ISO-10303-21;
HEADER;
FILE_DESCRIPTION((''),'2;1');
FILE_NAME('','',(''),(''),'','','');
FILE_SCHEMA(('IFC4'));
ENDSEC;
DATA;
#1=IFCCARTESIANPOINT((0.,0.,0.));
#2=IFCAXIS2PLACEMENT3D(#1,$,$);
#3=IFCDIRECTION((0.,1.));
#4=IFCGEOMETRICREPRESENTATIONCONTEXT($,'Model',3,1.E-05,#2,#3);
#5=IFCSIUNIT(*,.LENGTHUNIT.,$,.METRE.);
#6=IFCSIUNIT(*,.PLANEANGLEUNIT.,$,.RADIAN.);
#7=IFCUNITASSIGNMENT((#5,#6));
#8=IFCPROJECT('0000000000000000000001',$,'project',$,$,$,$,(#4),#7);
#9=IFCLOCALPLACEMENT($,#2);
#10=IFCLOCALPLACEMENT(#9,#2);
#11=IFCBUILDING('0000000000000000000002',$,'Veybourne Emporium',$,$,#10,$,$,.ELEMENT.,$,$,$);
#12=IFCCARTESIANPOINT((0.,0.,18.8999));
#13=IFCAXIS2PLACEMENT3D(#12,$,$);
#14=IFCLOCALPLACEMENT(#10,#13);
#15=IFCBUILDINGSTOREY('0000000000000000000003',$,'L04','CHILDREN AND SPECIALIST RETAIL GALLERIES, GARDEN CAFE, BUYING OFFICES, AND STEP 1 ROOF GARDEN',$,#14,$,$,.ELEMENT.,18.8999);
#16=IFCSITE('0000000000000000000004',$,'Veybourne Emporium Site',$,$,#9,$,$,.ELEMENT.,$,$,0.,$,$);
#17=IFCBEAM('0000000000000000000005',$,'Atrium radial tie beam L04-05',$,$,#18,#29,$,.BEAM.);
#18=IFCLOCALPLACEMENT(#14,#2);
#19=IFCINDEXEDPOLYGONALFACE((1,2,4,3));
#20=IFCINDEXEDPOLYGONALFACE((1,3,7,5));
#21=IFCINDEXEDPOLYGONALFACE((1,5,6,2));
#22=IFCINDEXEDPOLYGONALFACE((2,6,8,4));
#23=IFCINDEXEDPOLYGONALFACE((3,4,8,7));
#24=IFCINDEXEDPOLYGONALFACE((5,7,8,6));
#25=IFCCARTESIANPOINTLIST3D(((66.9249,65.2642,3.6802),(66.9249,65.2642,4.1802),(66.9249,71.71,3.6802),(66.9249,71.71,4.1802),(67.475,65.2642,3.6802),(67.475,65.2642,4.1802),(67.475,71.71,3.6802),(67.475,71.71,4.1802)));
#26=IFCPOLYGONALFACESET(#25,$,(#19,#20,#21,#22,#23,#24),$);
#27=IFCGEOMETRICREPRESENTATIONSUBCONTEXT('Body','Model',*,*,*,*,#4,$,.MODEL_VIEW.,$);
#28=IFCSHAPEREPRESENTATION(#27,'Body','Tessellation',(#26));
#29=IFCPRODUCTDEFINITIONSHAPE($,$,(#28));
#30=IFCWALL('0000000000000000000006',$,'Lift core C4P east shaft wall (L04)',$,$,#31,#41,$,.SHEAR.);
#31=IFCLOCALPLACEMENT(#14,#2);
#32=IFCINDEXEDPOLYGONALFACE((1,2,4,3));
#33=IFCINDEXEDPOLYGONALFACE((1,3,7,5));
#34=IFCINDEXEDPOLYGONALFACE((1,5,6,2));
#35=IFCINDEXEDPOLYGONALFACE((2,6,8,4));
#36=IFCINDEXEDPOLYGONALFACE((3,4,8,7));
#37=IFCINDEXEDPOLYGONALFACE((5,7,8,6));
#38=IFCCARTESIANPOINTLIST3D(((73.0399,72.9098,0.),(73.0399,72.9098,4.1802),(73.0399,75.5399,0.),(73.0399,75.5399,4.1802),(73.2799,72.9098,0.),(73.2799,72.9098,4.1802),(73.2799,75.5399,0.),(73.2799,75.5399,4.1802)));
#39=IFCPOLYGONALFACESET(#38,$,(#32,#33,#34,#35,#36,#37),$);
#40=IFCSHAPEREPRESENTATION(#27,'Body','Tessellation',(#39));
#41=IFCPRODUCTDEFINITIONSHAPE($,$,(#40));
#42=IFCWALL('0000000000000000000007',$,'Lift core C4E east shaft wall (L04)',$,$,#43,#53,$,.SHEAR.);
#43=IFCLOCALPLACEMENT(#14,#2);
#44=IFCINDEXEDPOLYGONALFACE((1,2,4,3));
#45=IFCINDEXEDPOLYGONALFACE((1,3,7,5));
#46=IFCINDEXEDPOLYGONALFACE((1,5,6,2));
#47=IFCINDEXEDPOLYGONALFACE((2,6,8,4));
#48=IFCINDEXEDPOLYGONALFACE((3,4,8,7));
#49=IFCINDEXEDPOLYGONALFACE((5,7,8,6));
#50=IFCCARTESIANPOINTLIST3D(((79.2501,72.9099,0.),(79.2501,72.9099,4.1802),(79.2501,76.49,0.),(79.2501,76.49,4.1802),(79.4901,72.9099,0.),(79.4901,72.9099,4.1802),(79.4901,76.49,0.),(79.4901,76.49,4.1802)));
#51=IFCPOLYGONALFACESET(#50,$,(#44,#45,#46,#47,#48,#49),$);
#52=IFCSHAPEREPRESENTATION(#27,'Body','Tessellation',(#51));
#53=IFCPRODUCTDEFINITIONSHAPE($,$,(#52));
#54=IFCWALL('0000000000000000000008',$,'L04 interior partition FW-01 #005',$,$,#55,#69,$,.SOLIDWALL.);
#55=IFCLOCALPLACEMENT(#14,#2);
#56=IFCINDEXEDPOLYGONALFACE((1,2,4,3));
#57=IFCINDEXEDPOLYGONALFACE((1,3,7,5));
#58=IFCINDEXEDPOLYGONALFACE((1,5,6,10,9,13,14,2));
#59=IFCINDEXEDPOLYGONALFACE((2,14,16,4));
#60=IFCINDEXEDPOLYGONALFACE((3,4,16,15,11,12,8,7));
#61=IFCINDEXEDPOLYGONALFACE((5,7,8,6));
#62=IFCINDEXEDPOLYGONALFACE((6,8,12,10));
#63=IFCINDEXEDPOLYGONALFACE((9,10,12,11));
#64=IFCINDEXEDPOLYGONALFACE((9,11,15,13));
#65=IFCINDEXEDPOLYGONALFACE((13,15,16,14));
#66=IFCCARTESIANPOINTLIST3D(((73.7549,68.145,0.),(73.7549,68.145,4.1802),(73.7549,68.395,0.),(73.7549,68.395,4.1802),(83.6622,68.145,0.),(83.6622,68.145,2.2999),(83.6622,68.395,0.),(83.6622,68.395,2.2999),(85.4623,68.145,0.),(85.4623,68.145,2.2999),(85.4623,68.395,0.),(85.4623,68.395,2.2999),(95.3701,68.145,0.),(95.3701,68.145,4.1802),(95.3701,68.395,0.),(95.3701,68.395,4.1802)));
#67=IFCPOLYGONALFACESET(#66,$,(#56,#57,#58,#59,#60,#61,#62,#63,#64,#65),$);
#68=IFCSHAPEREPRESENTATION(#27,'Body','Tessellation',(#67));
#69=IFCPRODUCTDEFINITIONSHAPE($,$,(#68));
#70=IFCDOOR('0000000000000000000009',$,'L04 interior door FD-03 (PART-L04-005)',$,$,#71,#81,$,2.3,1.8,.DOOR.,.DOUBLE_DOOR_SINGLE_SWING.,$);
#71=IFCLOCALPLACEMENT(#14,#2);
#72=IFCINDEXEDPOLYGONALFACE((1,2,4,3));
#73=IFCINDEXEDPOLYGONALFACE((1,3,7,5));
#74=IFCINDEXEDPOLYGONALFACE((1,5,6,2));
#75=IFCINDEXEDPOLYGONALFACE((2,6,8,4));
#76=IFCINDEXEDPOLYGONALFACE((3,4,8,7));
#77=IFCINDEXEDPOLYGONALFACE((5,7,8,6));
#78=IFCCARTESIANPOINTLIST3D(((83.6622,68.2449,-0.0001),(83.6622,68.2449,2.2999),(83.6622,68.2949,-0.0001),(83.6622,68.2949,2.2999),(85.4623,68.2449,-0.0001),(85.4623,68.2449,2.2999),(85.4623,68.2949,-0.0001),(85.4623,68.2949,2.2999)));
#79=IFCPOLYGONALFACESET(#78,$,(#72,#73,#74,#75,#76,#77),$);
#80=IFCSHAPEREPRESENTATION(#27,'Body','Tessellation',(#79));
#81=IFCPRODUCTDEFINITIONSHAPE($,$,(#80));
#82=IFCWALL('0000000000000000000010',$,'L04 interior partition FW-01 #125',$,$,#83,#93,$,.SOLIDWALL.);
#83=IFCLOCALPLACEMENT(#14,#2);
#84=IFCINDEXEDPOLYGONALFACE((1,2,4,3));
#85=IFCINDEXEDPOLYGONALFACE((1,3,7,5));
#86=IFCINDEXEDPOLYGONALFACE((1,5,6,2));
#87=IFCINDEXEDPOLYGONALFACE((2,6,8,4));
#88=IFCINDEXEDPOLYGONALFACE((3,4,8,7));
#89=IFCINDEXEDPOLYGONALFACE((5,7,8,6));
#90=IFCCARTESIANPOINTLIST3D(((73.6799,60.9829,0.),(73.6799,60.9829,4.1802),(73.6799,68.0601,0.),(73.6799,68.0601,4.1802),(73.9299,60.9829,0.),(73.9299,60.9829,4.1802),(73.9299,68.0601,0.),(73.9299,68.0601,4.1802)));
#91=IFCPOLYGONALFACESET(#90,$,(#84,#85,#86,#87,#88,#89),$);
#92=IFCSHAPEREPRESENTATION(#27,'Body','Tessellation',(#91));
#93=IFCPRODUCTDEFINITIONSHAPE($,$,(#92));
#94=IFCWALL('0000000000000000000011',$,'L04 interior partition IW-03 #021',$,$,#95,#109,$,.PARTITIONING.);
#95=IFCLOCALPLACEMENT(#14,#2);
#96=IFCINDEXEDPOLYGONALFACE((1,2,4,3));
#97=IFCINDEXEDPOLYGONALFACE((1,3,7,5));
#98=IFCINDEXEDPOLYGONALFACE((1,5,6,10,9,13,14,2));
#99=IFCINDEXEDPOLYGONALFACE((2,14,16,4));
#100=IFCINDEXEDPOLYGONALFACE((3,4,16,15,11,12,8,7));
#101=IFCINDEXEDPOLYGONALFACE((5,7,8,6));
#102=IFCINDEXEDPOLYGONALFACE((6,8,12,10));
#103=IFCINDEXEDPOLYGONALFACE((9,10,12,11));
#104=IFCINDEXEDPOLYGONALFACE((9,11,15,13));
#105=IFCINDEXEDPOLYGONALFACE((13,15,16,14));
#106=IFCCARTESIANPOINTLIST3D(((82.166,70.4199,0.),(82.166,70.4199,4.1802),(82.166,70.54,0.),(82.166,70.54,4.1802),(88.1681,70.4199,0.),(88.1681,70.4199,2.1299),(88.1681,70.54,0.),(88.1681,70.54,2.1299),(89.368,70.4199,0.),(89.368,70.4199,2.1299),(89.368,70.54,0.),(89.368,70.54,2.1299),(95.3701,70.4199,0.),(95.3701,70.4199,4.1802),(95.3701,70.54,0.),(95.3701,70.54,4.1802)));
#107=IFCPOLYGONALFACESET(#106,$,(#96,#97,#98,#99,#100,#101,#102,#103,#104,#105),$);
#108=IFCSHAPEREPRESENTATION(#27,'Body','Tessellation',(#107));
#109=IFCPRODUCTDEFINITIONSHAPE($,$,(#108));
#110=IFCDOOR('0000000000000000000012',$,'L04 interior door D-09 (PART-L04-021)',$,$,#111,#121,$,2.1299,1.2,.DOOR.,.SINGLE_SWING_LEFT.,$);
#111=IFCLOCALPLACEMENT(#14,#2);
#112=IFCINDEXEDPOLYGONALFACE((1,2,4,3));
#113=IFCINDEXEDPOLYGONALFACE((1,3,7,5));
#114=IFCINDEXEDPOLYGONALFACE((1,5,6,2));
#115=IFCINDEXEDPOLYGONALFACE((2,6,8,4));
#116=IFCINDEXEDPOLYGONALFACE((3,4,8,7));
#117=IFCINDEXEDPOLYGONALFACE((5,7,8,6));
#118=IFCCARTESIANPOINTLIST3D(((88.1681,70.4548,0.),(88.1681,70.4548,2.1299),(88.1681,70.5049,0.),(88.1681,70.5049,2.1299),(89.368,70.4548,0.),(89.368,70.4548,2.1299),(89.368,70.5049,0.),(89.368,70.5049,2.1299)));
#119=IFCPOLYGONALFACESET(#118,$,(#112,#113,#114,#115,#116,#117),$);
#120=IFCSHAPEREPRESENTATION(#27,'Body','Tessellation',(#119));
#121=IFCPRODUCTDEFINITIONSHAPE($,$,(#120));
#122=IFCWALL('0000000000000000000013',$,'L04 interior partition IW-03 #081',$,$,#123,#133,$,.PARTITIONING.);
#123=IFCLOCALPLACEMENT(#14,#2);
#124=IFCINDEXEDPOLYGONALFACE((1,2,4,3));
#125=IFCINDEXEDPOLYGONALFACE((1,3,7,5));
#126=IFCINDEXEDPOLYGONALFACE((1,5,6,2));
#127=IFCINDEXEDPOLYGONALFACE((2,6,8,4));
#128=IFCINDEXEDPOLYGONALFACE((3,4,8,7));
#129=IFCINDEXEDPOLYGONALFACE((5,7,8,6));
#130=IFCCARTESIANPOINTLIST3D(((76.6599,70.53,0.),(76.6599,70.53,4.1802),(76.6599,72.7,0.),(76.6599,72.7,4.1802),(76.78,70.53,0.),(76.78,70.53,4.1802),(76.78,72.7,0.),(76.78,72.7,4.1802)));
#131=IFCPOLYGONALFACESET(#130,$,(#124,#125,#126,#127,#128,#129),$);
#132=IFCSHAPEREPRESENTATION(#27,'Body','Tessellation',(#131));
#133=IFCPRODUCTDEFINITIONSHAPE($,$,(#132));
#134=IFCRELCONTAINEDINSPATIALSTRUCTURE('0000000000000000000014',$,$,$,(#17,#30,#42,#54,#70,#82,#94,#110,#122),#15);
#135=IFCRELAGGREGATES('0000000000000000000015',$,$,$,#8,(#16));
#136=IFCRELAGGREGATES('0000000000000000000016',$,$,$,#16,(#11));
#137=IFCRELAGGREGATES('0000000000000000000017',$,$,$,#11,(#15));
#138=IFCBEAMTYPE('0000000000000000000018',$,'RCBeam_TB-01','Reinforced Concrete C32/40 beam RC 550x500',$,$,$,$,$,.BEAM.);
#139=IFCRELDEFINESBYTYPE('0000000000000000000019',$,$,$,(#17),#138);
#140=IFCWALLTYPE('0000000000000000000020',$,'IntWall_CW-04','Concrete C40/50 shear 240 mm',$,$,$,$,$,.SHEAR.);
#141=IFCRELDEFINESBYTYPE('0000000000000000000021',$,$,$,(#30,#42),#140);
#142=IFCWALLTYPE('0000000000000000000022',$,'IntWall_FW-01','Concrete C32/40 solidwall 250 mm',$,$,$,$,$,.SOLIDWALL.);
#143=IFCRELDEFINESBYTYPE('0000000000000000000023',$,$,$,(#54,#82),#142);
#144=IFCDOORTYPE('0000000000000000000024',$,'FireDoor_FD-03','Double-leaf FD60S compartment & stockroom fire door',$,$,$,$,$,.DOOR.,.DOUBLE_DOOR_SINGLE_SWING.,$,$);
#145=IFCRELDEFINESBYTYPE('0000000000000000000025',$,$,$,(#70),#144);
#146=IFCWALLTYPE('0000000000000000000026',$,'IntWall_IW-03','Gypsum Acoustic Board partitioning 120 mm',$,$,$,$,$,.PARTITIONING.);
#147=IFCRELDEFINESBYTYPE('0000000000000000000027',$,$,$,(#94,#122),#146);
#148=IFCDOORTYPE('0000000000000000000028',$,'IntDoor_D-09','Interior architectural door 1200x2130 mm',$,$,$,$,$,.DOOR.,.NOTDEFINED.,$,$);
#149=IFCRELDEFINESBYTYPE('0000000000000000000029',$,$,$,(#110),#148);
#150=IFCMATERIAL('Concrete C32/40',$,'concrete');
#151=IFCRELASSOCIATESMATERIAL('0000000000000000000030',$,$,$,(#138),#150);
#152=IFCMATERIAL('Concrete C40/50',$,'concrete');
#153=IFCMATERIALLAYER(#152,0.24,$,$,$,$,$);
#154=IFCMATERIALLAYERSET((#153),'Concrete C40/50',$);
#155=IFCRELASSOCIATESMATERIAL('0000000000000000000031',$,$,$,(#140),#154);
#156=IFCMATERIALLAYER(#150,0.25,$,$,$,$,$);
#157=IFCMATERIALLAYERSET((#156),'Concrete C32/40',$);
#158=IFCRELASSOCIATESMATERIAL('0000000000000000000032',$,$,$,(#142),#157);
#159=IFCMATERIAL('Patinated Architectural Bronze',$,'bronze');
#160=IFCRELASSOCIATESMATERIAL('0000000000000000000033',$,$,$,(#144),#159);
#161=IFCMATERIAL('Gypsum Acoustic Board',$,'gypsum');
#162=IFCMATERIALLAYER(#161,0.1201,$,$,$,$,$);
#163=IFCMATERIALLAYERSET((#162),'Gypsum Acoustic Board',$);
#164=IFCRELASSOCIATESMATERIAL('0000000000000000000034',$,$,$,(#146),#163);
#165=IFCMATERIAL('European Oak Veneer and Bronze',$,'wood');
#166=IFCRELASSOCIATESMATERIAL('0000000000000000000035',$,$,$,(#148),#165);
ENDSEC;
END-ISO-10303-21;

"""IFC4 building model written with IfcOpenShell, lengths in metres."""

from ifc_helpers import new_model, si_unit, direction, frame, frame_2d, origin, origin_2d, place, context, subcontext, project, spatial, rectangle, extrude, material, layer, layer_set, material_profile, profile_set, type_object, element, fill, save


model = new_model("IFC4")

# Units and contexts
model_context = context("Model", 3, precision=1e-05, world=origin(), true_north=direction((0.0, 1.0)))
body_context = subcontext(model_context, "Body", "Model", "MODEL_VIEW")
ifc_project = project(units=[si_unit("LENGTHUNIT", "METRE"), si_unit("PLANEANGLEUNIT", "RADIAN")], contexts=[model_context])

# Site, building, storey
site_placement = place(None, origin())
site = spatial("IfcSite", under=ifc_project, at=site_placement, Name="Veybourne Emporium Site", CompositionType="ELEMENT", RefElevation=0.0)
building_placement = place(site_placement, origin())
building = spatial("IfcBuilding", under=site, at=building_placement, Name="Veybourne Emporium", CompositionType="ELEMENT")
storey_placement = place(building_placement, frame((0.0, 0.0, 18.8999)))
storey = spatial("IfcBuildingStorey", under=building, at=storey_placement, Name="L04", Description="CHILDREN AND SPECIALIST RETAIL GALLERIES, GARDEN CAFE, BUYING OFFICES, AND STEP 1 ROOF GARDEN", CompositionType="ELEMENT", Elevation=18.8999)

# Shared definitions
ifc_material_1 = material(Name="Concrete C40/50", Category="concrete")

# Beam
ifc_material_2 = material(Name="Concrete C32/40", Category="concrete")
ifc_material_profile_1 = material_profile(ifc_material_2, rectangle(XDim=0.55, YDim=0.5, at=origin_2d()), Name="RC 550x500")
ifc_profile_set_1 = profile_set([ifc_material_profile_1], Name="Concrete C32/40")
beam_type_1 = type_object("IfcBeamType", Name="RCBeam_TB-01", Description="Reinforced Concrete C32/40 beam RC 550x500", PredefinedType="BEAM", material=ifc_profile_set_1)
beam_1_placement = place(storey_placement, frame((67.2, 65.2642, 3.9302), z_axis=(0.0, 1.0, 0.0), x_axis=(-1.0, 0.0, 0.0)))
element("IfcBeam", 1, at=beam_1_placement, inside=storey, type_object=beam_type_1, Name="Atrium radial tie beam L04-05", PredefinedType="BEAM", context=body_context, shape_type="SweptSolid", body=[
    extrude(rectangle(XDim=0.55, YDim=0.5, at=origin_2d()), origin(), (0.0, 0.0, 1.0), 6.4458),
])

# Walls
ifc_layer_1 = layer(ifc_material_1, 0.24)
ifc_layer_set_1 = layer_set([ifc_layer_1], Name="Concrete C40/50")
wall_type_1 = type_object("IfcWallType", Name="IntWall_CW-04", Description="Concrete C40/50 shear 240 mm", PredefinedType="SHEAR", material=ifc_layer_set_1)
wall_1_placement = place(storey_placement, frame((73.1599, 72.9099, 0.0), z_axis=(0.0, 0.0, 1.0), x_axis=(0.0, 1.0, 0.0)))
element("IfcWall", 2, at=wall_1_placement, inside=storey, type_object=wall_type_1, Name="Lift core C4P east shaft wall (L04)", PredefinedType="SHEAR", context=body_context, shape_type="SweptSolid", body=[
    extrude(rectangle(XDim=2.6301, YDim=0.24, at=frame_2d((1.3149, 0.0))), origin(), (0.0, 0.0, 1.0), 4.1802),
])
wall_2_placement = place(storey_placement, frame((79.3701, 72.9099, 0.0), z_axis=(0.0, 0.0, 1.0), x_axis=(0.0, 1.0, 0.0)))
element("IfcWall", 3, at=wall_2_placement, inside=storey, type_object=wall_type_1, Name="Lift core C4E east shaft wall (L04)", PredefinedType="SHEAR", context=body_context, shape_type="SweptSolid", body=[
    extrude(rectangle(XDim=3.5801, YDim=0.24, at=frame_2d((1.79, 0.0))), origin(), (0.0, 0.0, 1.0), 4.1802),
])

# Wall, opening, door
ifc_layer_2 = layer(ifc_material_2, 0.25)
ifc_layer_set_2 = layer_set([ifc_layer_2], Name="Concrete C32/40")
wall_type_2 = type_object("IfcWallType", Name="IntWall_FW-01", Description="Concrete C32/40 solidwall 250 mm", PredefinedType="SOLIDWALL", material=ifc_layer_set_2)
wall_3_placement = place(storey_placement, frame((73.7549, 68.27, 0.0), z_axis=(0.0, 0.0, 1.0), x_axis=(1.0, 0.0, 0.0)))
wall_3 = element("IfcWall", 4, at=wall_3_placement, inside=storey, type_object=wall_type_2, Name="L04 interior partition FW-01 #005", PredefinedType="SOLIDWALL", context=body_context, shape_type="SweptSolid", body=[
    extrude(rectangle(XDim=21.6152, YDim=0.25, at=frame_2d((10.8076, 0.0))), origin(), (0.0, 0.0, 1.0), 4.1802),
])
opening_1_placement = place(wall_3_placement, frame((9.9075, 0.0, 0.0)))
opening_1 = element("IfcOpeningElement", 5, at=opening_1_placement, cuts=wall_3, PredefinedType="OPENING", context=body_context, shape_type="SweptSolid", body=[
    extrude(rectangle(XDim=1.8, YDim=2.3, at=frame_2d((0.8999, 1.1499))), frame((0.0, 0.145, 0.0), z_axis=(0.0, -1.0, 0.0), x_axis=(1.0, 0.0, 0.0)), (0.0, 0.0, 1.0), 0.29),
])
ifc_material_3 = material(Name="Patinated Architectural Bronze", Category="bronze")
door_type_1 = type_object("IfcDoorType", Name="FireDoor_FD-03", Description="Double-leaf FD60S compartment & stockroom fire door", OperationType="DOUBLE_DOOR_SINGLE_SWING", PredefinedType="DOOR", material=ifc_material_3)
door_1_placement = place(opening_1_placement, origin())
door_1 = element("IfcDoor", 6, at=door_1_placement, inside=storey, type_object=door_type_1, Name="L04 interior door FD-03 (PART-L04-005)", OperationType="DOUBLE_DOOR_SINGLE_SWING", OverallHeight=2.3, OverallWidth=1.8, PredefinedType="DOOR", context=body_context, shape_type="SweptSolid", body=[
    extrude(rectangle(XDim=1.8, YDim=2.3, at=frame_2d((0.8999, 1.1499))), frame((0.0, 0.0249, 0.0), z_axis=(0.0, -1.0, 0.0), x_axis=(1.0, 0.0, 0.0)), (0.0, 0.0, 1.0), 0.05),
])
fill(opening_1, door_1)

# Wall
wall_4_placement = place(storey_placement, frame((73.8049, 60.9829, 0.0), z_axis=(0.0, 0.0, 1.0), x_axis=(0.0, 1.0, 0.0)))
element("IfcWall", 7, at=wall_4_placement, inside=storey, type_object=wall_type_2, Name="L04 interior partition FW-01 #125", PredefinedType="SOLIDWALL", context=body_context, shape_type="SweptSolid", body=[
    extrude(rectangle(XDim=7.0771, YDim=0.25, at=frame_2d((3.5386, 0.0))), origin(), (0.0, 0.0, 1.0), 4.1802),
])

# Wall, opening, door
ifc_material_4 = material(Name="Gypsum Acoustic Board", Category="gypsum")
ifc_layer_3 = layer(ifc_material_4, 0.1201)
ifc_layer_set_3 = layer_set([ifc_layer_3], Name="Gypsum Acoustic Board")
wall_type_3 = type_object("IfcWallType", Name="IntWall_IW-03", Description="Gypsum Acoustic Board partitioning 120 mm", PredefinedType="PARTITIONING", material=ifc_layer_set_3)
wall_5_placement = place(storey_placement, frame((82.166, 70.48, 0.0), z_axis=(0.0, 0.0, 1.0), x_axis=(1.0, 0.0, 0.0)))
wall_5 = element("IfcWall", 8, at=wall_5_placement, inside=storey, type_object=wall_type_3, Name="L04 interior partition IW-03 #021", PredefinedType="PARTITIONING", context=body_context, shape_type="SweptSolid", body=[
    extrude(rectangle(XDim=13.2041, YDim=0.1201, at=frame_2d((6.6021, 0.0))), origin(), (0.0, 0.0, 1.0), 4.1802),
])
opening_2_placement = place(wall_5_placement, frame((6.002, 0.0, 0.0)))
opening_2 = element("IfcOpeningElement", 9, at=opening_2_placement, cuts=wall_5, PredefinedType="OPENING", context=body_context, shape_type="SweptSolid", body=[
    extrude(rectangle(XDim=1.2, YDim=2.1299, at=frame_2d((0.6001, 1.0649))), frame((0.0, 0.0801, 0.0), z_axis=(0.0, -1.0, 0.0), x_axis=(1.0, 0.0, 0.0)), (0.0, 0.0, 1.0), 0.1602),
])
ifc_material_5 = material(Name="European Oak Veneer and Bronze", Category="wood")
door_type_2 = type_object("IfcDoorType", Name="IntDoor_D-09", Description="Interior architectural door 1200x2130 mm", OperationType="NOTDEFINED", PredefinedType="DOOR", material=ifc_material_5)
door_2_placement = place(opening_2_placement, origin())
door_2 = element("IfcDoor", 10, at=door_2_placement, inside=storey, type_object=door_type_2, Name="L04 interior door D-09 (PART-L04-021)", OperationType="SINGLE_SWING_LEFT", OverallHeight=2.1299, OverallWidth=1.2, PredefinedType="DOOR", context=body_context, shape_type="SweptSolid", body=[
    extrude(rectangle(XDim=1.2, YDim=2.1299, at=frame_2d((0.6001, 1.0649))), frame((0.0, 0.0249, 0.0), z_axis=(0.0, -1.0, 0.0), x_axis=(1.0, 0.0, 0.0)), (0.0, 0.0, 1.0), 0.05),
])
fill(opening_2, door_2)

# Wall
wall_6_placement = place(storey_placement, frame((76.72, 70.53, 0.0), z_axis=(0.0, 0.0, 1.0), x_axis=(0.0, 1.0, 0.0)))
element("IfcWall", 11, at=wall_6_placement, inside=storey, type_object=wall_type_3, Name="L04 interior partition IW-03 #081", PredefinedType="PARTITIONING", context=body_context, shape_type="SweptSolid", body=[
    extrude(rectangle(XDim=2.1699, YDim=0.1201, at=frame_2d((1.085, 0.0))), origin(), (0.0, 0.0, 1.0), 4.1802),
])

save(model, "model.ifc")
